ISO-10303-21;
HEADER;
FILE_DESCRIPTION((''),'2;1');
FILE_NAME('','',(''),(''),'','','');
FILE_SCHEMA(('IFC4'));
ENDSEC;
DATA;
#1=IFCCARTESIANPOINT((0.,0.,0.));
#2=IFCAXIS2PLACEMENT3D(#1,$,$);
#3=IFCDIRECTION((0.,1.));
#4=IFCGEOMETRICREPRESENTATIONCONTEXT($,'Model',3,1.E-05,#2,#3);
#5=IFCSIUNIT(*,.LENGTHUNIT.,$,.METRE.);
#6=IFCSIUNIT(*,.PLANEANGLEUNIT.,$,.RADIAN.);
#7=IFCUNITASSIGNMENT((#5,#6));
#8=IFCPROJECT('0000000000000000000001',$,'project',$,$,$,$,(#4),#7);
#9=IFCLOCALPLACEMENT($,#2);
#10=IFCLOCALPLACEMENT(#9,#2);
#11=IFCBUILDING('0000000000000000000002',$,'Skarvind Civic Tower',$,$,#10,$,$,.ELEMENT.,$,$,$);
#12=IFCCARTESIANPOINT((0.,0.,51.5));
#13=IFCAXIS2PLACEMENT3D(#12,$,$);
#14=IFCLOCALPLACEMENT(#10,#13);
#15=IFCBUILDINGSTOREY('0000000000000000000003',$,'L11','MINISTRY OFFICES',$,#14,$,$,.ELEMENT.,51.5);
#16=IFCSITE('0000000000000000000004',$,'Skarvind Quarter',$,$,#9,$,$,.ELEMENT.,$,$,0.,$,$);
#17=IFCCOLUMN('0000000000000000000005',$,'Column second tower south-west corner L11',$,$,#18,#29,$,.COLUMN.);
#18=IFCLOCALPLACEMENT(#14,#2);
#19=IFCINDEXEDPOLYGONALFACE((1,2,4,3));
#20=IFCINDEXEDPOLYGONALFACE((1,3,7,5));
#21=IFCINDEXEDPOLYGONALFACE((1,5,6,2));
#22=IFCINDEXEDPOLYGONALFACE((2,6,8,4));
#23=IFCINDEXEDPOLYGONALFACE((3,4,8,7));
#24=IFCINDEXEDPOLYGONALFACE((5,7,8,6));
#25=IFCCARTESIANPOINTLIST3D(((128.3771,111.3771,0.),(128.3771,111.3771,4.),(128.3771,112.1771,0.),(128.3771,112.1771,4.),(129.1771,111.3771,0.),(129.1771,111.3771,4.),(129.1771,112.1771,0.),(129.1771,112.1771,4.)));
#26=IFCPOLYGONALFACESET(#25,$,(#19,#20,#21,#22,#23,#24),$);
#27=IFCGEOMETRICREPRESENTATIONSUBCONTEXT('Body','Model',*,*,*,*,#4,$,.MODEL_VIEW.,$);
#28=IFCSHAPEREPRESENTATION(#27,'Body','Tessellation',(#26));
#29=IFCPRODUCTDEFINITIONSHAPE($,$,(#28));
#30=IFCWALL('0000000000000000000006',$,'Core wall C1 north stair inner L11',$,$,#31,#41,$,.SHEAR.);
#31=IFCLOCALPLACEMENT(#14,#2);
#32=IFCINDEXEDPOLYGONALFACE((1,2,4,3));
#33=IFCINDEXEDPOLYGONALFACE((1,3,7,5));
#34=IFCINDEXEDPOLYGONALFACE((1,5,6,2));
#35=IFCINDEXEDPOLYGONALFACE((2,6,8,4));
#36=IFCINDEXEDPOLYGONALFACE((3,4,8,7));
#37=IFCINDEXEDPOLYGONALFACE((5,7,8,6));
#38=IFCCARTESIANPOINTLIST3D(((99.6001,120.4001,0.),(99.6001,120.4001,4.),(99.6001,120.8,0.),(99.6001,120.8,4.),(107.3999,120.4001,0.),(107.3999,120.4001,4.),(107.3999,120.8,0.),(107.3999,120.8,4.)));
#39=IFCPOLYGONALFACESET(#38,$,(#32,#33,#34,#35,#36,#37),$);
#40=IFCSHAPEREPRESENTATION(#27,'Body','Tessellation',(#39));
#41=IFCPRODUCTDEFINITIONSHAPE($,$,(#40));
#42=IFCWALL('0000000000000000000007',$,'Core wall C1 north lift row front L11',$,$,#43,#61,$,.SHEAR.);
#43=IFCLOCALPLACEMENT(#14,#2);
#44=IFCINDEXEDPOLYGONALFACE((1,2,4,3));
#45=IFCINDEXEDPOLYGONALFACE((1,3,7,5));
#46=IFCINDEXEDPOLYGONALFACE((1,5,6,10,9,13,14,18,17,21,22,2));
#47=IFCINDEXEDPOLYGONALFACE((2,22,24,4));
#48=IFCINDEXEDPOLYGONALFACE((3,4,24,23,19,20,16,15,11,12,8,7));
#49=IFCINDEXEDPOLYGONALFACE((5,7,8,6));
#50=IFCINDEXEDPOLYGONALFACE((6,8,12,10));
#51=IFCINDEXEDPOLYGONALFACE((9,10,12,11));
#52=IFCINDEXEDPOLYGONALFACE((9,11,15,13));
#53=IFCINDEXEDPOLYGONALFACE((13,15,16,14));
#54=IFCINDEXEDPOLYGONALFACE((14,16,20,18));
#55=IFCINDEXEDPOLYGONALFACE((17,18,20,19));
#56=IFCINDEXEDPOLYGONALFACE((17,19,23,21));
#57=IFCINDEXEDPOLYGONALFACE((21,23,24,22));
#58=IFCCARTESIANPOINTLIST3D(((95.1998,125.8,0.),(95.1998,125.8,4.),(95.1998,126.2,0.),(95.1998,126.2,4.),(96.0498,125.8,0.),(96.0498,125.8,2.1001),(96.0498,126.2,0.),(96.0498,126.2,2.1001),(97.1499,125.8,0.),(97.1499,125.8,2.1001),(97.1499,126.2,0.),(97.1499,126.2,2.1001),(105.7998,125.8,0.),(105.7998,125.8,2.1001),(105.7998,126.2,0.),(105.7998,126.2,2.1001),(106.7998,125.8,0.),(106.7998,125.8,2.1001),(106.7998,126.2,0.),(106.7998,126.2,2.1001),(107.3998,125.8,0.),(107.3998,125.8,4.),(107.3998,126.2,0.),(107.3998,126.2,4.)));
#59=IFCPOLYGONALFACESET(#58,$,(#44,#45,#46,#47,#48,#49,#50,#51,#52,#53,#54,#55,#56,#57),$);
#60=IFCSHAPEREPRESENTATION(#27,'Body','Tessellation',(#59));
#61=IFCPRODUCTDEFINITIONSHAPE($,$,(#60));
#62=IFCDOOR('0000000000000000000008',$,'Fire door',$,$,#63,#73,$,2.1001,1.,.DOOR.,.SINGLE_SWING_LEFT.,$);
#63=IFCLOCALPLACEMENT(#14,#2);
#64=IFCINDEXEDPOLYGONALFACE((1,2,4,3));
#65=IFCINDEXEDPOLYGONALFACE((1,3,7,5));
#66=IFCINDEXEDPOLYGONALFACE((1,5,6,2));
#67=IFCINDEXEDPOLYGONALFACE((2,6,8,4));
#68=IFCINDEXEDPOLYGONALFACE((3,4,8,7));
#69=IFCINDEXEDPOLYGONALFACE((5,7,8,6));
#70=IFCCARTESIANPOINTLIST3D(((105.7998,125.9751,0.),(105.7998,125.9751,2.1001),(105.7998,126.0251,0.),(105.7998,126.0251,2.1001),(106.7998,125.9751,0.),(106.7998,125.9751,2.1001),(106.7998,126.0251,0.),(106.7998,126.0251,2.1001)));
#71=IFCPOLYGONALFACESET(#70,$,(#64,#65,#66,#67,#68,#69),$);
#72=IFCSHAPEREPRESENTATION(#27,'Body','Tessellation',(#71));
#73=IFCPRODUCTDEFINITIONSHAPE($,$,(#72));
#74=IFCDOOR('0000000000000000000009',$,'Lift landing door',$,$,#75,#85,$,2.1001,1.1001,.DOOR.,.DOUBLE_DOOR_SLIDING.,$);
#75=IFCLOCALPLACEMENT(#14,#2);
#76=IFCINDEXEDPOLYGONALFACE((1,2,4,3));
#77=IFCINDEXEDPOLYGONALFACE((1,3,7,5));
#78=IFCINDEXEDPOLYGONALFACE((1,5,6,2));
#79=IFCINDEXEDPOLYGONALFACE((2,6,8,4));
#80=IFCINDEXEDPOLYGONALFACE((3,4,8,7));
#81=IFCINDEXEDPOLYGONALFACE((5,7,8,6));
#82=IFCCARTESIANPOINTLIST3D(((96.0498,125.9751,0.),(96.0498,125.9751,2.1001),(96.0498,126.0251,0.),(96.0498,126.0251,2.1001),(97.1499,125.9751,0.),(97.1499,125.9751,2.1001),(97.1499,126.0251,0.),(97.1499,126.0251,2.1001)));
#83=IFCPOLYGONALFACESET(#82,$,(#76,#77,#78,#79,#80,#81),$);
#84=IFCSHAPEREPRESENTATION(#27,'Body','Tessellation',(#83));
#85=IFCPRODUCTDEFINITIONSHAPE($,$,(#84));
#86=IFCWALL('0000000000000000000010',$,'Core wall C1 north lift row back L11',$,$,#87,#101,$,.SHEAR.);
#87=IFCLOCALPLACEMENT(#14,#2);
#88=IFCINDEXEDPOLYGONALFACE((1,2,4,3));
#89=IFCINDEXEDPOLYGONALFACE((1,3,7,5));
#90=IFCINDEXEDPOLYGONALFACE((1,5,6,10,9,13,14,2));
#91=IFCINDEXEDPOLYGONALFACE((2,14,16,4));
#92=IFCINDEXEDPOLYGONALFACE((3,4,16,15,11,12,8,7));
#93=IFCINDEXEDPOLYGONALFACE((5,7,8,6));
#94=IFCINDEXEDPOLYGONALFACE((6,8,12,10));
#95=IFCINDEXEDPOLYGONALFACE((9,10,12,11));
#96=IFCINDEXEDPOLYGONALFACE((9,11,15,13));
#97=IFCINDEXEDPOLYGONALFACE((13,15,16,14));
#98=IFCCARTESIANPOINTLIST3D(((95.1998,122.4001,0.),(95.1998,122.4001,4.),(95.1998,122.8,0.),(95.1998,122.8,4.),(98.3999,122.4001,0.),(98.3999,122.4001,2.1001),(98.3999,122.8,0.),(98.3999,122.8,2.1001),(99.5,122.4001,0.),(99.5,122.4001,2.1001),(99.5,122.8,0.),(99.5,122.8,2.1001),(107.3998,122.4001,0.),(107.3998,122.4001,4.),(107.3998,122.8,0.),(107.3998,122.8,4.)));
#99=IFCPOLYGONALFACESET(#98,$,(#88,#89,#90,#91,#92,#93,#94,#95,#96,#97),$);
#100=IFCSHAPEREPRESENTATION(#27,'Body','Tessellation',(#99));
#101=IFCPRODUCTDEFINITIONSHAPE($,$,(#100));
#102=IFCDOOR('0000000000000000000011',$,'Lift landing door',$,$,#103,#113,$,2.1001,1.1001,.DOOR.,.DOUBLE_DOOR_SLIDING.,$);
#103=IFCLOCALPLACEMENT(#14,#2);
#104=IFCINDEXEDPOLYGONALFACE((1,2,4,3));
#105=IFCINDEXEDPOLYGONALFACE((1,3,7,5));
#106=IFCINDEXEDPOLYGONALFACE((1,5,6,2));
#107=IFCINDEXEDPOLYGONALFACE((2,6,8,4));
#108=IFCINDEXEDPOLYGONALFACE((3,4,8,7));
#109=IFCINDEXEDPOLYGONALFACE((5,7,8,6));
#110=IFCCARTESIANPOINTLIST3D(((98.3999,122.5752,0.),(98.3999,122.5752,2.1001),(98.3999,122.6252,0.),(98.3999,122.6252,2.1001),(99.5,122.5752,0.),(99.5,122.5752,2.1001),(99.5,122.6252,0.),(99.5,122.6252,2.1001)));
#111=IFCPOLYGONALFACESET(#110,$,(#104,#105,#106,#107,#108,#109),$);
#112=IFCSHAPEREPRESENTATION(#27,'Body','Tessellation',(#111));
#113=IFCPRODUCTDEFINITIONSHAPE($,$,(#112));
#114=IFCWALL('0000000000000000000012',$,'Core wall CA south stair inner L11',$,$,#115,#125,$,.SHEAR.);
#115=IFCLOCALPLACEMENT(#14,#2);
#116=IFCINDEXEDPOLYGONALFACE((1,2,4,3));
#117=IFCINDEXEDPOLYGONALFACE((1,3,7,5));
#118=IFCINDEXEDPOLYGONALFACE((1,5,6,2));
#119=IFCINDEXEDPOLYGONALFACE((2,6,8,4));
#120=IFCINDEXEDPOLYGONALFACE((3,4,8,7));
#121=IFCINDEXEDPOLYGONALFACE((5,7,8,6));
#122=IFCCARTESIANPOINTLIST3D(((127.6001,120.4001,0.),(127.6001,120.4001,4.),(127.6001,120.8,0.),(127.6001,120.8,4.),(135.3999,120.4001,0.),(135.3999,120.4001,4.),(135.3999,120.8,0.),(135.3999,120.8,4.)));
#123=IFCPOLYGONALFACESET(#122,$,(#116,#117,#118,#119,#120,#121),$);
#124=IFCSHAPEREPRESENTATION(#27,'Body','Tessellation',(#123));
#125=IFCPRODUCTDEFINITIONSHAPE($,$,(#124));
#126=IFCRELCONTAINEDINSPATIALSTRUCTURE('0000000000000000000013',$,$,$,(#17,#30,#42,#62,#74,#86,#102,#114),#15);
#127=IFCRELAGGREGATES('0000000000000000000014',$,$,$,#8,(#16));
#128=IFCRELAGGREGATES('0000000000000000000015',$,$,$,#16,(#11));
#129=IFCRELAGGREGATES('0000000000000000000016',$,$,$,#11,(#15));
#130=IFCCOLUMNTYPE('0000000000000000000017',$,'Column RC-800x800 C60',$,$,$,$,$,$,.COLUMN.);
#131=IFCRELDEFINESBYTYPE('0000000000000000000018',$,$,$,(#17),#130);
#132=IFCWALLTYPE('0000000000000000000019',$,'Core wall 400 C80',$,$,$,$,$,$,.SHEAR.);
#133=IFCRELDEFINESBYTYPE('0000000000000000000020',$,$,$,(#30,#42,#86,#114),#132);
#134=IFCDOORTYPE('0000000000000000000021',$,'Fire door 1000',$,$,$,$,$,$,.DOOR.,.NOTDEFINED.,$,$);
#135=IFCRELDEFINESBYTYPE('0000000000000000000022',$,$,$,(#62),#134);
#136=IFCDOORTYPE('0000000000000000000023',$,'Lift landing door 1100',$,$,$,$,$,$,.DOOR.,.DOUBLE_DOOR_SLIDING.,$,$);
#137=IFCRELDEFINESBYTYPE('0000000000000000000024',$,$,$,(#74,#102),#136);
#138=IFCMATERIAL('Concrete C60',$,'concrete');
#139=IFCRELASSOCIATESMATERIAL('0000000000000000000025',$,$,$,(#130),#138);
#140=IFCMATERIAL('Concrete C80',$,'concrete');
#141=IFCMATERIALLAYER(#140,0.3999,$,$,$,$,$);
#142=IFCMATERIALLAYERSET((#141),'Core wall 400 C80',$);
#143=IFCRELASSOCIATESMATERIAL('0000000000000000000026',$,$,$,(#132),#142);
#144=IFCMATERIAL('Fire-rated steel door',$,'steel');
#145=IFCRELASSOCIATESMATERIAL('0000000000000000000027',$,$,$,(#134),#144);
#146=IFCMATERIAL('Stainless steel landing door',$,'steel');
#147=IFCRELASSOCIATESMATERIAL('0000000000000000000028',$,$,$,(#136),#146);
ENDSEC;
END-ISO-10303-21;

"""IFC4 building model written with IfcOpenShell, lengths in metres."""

from ifc_helpers import new_model, si_unit, direction, frame, frame_2d, origin, origin_2d, place, context, subcontext, project, spatial, rectangle, extrude, material, layer, layer_set, material_profile, profile_set, type_object, element, fill, save


model = new_model("IFC4")

# Units and contexts
model_context = context("Model", 3, precision=1e-05, world=origin(), true_north=direction((0.0, 1.0)))
body_context = subcontext(model_context, "Body", "Model", "MODEL_VIEW")
ifc_project = project(units=[si_unit("LENGTHUNIT", "METRE"), si_unit("PLANEANGLEUNIT", "RADIAN")], contexts=[model_context])

# Site, building, storey
site_placement = place(None, origin())
site = spatial("IfcSite", under=ifc_project, at=site_placement, Name="Skarvind Quarter", CompositionType="ELEMENT", RefElevation=0.0)
building_placement = place(site_placement, origin())
building = spatial("IfcBuilding", under=site, at=building_placement, Name="Skarvind Civic Tower", CompositionType="ELEMENT")
storey_placement = place(building_placement, frame((0.0, 0.0, 51.5)))
storey = spatial("IfcBuildingStorey", under=building, at=storey_placement, Name="L11", Description="MINISTRY OFFICES", CompositionType="ELEMENT", Elevation=51.5)

# Column
ifc_material_1 = material(Name="Concrete C60", Category="concrete")
ifc_material_profile = material_profile(ifc_material_1, rectangle(XDim=0.8, YDim=0.8, at=origin_2d()), Name="RC-800x800")
ifc_profile_set = profile_set([ifc_material_profile], Name="Concrete C60")
column_type = type_object("IfcColumnType", Name="Column RC-800x800 C60", PredefinedType="COLUMN", material=ifc_profile_set)
column_placement = place(storey_placement, frame((128.7771, 111.7771, 0.0), z_axis=(0.0, 0.0, 1.0), x_axis=(1.0, 0.0, 0.0)))
element("IfcColumn", 1, at=column_placement, inside=storey, type_object=column_type, Name="Column second tower south-west corner L11", PredefinedType="COLUMN", context=body_context, shape_type="SweptSolid", body=[
    extrude(rectangle(XDim=0.8, YDim=0.8, at=origin_2d()), origin(), (0.0, 0.0, 1.0), 4.0),
])

# Wall
ifc_material_2 = material(Name="Concrete C80", Category="concrete")
ifc_layer_1 = layer(ifc_material_2, 0.3999)
ifc_layer_set_1 = layer_set([ifc_layer_1], Name="Core wall 400 C80")
wall_type_1 = type_object("IfcWallType", Name="Core wall 400 C80", PredefinedType="SHEAR", material=ifc_layer_set_1)
wall_1_placement = place(storey_placement, frame((107.3999, 120.6001, 0.0), z_axis=(0.0, 0.0, 1.0), x_axis=(-1.0, 0.0, 0.0)))
element("IfcWall", 2, at=wall_1_placement, inside=storey, type_object=wall_type_1, Name="Core wall C1 north stair inner L11", PredefinedType="SHEAR", context=body_context, shape_type="SweptSolid", body=[
    extrude(rectangle(XDim=7.7998, YDim=0.3999, at=frame_2d((3.8999, 0.0))), origin(), (0.0, 0.0, 1.0), 4.0),
])

# Wall, openings, doors
wall_2_placement = place(storey_placement, frame((107.3999, 126.0, 0.0), z_axis=(0.0, 0.0, 1.0), x_axis=(-1.0, 0.0, 0.0)))
wall_2 = element("IfcWall", 3, at=wall_2_placement, inside=storey, type_object=wall_type_1, Name="Core wall C1 north lift row front L11", PredefinedType="SHEAR", context=body_context, shape_type="SweptSolid", body=[
    extrude(rectangle(XDim=12.2, YDim=0.3999, at=frame_2d((6.1001, 0.0))), origin(), (0.0, 0.0, 1.0), 4.0),
])
opening_1_placement = place(wall_2_placement, frame((10.25, 0.0, 0.0)))
opening_1 = element("IfcOpeningElement", 4, at=opening_1_placement, cuts=wall_2, PredefinedType="OPENING", context=body_context, shape_type="SweptSolid", body=[
    extrude(rectangle(XDim=1.1001, YDim=2.1001, at=frame_2d((0.55, 1.05))), frame((0.0, 0.21, 0.0), z_axis=(0.0, -1.0, 0.0), x_axis=(1.0, 0.0, 0.0)), (0.0, 0.0, 1.0), 0.4199),
])
opening_2_placement = place(wall_2_placement, frame((0.6001, 0.0, 0.0)))
opening_2 = element("IfcOpeningElement", 5, at=opening_2_placement, cuts=wall_2, PredefinedType="OPENING", context=body_context, shape_type="SweptSolid", body=[
    extrude(rectangle(XDim=1.0, YDim=2.1001, at=frame_2d((0.5, 1.05))), frame((0.0, 0.21, 0.0), z_axis=(0.0, -1.0, 0.0), x_axis=(1.0, 0.0, 0.0)), (0.0, 0.0, 1.0), 0.4199),
])
ifc_material_3 = material(Name="Fire-rated steel door", Category="steel")
door_type_1 = type_object("IfcDoorType", Name="Fire door 1000", OperationType="NOTDEFINED", PredefinedType="DOOR", material=ifc_material_3)
door_1_placement = place(opening_2_placement, origin())
door_1 = element("IfcDoor", 6, at=door_1_placement, inside=storey, type_object=door_type_1, Name="Fire door", OperationType="SINGLE_SWING_LEFT", OverallHeight=2.1001, OverallWidth=1.0, PredefinedType="DOOR", context=body_context, shape_type="SweptSolid", body=[
    extrude(rectangle(XDim=1.0, YDim=2.1001, at=frame_2d((0.5, 1.05))), frame((0.0, 0.0249, 0.0), z_axis=(0.0, -1.0, 0.0), x_axis=(1.0, 0.0, 0.0)), (0.0, 0.0, 1.0), 0.05),
])
fill(opening_2, door_1)
ifc_material_4 = material(Name="Stainless steel landing door", Category="steel")
door_type_2 = type_object("IfcDoorType", Name="Lift landing door 1100", OperationType="DOUBLE_DOOR_SLIDING", PredefinedType="DOOR", material=ifc_material_4)
door_2_placement = place(opening_1_placement, origin())
door_2 = element("IfcDoor", 7, at=door_2_placement, inside=storey, type_object=door_type_2, Name="Lift landing door", OperationType="DOUBLE_DOOR_SLIDING", OverallHeight=2.1001, OverallWidth=1.1001, PredefinedType="DOOR", context=body_context, shape_type="SweptSolid", body=[
    extrude(rectangle(XDim=1.1001, YDim=2.1001, at=frame_2d((0.55, 1.05))), frame((0.0, 0.0249, 0.0), z_axis=(0.0, -1.0, 0.0), x_axis=(1.0, 0.0, 0.0)), (0.0, 0.0, 1.0), 0.05),
])
fill(opening_1, door_2)

# Wall, opening, door
wall_3_placement = place(storey_placement, frame((107.3999, 122.6001, 0.0), z_axis=(0.0, 0.0, 1.0), x_axis=(-1.0, 0.0, 0.0)))
wall_3 = element("IfcWall", 8, at=wall_3_placement, inside=storey, type_object=wall_type_1, Name="Core wall C1 north lift row back L11", PredefinedType="SHEAR", context=body_context, shape_type="SweptSolid", body=[
    extrude(rectangle(XDim=12.2, YDim=0.3999, at=frame_2d((6.1001, 0.0))), origin(), (0.0, 0.0, 1.0), 4.0),
])
opening_3_placement = place(wall_3_placement, frame((7.8999, 0.0, 0.0)))
opening_3 = element("IfcOpeningElement", 9, at=opening_3_placement, cuts=wall_3, PredefinedType="OPENING", context=body_context, shape_type="SweptSolid", body=[
    extrude(rectangle(XDim=1.1001, YDim=2.1001, at=frame_2d((0.55, 1.05))), frame((0.0, 0.21, 0.0), z_axis=(0.0, -1.0, 0.0), x_axis=(1.0, 0.0, 0.0)), (0.0, 0.0, 1.0), 0.4199),
])
door_3_placement = place(opening_3_placement, origin())
door_3 = element("IfcDoor", 10, at=door_3_placement, inside=storey, type_object=door_type_2, Name="Lift landing door", OperationType="DOUBLE_DOOR_SLIDING", OverallHeight=2.1001, OverallWidth=1.1001, PredefinedType="DOOR", context=body_context, shape_type="SweptSolid", body=[
    extrude(rectangle(XDim=1.1001, YDim=2.1001, at=frame_2d((0.55, 1.05))), frame((0.0, 0.0249, 0.0), z_axis=(0.0, -1.0, 0.0), x_axis=(1.0, 0.0, 0.0)), (0.0, 0.0, 1.0), 0.05),
])
fill(opening_3, door_3)

# Wall
wall_4_placement = place(storey_placement, frame((127.6001, 120.6001, 0.0), z_axis=(0.0, 0.0, 1.0), x_axis=(1.0, 0.0, 0.0)))
element("IfcWall", 11, at=wall_4_placement, inside=storey, type_object=wall_type_1, Name="Core wall CA south stair inner L11", PredefinedType="SHEAR", context=body_context, shape_type="SweptSolid", body=[
    extrude(rectangle(XDim=7.7998, YDim=0.3999, at=frame_2d((3.8999, 0.0))), origin(), (0.0, 0.0, 1.0), 4.0),
])

save(model, "model.ifc")
